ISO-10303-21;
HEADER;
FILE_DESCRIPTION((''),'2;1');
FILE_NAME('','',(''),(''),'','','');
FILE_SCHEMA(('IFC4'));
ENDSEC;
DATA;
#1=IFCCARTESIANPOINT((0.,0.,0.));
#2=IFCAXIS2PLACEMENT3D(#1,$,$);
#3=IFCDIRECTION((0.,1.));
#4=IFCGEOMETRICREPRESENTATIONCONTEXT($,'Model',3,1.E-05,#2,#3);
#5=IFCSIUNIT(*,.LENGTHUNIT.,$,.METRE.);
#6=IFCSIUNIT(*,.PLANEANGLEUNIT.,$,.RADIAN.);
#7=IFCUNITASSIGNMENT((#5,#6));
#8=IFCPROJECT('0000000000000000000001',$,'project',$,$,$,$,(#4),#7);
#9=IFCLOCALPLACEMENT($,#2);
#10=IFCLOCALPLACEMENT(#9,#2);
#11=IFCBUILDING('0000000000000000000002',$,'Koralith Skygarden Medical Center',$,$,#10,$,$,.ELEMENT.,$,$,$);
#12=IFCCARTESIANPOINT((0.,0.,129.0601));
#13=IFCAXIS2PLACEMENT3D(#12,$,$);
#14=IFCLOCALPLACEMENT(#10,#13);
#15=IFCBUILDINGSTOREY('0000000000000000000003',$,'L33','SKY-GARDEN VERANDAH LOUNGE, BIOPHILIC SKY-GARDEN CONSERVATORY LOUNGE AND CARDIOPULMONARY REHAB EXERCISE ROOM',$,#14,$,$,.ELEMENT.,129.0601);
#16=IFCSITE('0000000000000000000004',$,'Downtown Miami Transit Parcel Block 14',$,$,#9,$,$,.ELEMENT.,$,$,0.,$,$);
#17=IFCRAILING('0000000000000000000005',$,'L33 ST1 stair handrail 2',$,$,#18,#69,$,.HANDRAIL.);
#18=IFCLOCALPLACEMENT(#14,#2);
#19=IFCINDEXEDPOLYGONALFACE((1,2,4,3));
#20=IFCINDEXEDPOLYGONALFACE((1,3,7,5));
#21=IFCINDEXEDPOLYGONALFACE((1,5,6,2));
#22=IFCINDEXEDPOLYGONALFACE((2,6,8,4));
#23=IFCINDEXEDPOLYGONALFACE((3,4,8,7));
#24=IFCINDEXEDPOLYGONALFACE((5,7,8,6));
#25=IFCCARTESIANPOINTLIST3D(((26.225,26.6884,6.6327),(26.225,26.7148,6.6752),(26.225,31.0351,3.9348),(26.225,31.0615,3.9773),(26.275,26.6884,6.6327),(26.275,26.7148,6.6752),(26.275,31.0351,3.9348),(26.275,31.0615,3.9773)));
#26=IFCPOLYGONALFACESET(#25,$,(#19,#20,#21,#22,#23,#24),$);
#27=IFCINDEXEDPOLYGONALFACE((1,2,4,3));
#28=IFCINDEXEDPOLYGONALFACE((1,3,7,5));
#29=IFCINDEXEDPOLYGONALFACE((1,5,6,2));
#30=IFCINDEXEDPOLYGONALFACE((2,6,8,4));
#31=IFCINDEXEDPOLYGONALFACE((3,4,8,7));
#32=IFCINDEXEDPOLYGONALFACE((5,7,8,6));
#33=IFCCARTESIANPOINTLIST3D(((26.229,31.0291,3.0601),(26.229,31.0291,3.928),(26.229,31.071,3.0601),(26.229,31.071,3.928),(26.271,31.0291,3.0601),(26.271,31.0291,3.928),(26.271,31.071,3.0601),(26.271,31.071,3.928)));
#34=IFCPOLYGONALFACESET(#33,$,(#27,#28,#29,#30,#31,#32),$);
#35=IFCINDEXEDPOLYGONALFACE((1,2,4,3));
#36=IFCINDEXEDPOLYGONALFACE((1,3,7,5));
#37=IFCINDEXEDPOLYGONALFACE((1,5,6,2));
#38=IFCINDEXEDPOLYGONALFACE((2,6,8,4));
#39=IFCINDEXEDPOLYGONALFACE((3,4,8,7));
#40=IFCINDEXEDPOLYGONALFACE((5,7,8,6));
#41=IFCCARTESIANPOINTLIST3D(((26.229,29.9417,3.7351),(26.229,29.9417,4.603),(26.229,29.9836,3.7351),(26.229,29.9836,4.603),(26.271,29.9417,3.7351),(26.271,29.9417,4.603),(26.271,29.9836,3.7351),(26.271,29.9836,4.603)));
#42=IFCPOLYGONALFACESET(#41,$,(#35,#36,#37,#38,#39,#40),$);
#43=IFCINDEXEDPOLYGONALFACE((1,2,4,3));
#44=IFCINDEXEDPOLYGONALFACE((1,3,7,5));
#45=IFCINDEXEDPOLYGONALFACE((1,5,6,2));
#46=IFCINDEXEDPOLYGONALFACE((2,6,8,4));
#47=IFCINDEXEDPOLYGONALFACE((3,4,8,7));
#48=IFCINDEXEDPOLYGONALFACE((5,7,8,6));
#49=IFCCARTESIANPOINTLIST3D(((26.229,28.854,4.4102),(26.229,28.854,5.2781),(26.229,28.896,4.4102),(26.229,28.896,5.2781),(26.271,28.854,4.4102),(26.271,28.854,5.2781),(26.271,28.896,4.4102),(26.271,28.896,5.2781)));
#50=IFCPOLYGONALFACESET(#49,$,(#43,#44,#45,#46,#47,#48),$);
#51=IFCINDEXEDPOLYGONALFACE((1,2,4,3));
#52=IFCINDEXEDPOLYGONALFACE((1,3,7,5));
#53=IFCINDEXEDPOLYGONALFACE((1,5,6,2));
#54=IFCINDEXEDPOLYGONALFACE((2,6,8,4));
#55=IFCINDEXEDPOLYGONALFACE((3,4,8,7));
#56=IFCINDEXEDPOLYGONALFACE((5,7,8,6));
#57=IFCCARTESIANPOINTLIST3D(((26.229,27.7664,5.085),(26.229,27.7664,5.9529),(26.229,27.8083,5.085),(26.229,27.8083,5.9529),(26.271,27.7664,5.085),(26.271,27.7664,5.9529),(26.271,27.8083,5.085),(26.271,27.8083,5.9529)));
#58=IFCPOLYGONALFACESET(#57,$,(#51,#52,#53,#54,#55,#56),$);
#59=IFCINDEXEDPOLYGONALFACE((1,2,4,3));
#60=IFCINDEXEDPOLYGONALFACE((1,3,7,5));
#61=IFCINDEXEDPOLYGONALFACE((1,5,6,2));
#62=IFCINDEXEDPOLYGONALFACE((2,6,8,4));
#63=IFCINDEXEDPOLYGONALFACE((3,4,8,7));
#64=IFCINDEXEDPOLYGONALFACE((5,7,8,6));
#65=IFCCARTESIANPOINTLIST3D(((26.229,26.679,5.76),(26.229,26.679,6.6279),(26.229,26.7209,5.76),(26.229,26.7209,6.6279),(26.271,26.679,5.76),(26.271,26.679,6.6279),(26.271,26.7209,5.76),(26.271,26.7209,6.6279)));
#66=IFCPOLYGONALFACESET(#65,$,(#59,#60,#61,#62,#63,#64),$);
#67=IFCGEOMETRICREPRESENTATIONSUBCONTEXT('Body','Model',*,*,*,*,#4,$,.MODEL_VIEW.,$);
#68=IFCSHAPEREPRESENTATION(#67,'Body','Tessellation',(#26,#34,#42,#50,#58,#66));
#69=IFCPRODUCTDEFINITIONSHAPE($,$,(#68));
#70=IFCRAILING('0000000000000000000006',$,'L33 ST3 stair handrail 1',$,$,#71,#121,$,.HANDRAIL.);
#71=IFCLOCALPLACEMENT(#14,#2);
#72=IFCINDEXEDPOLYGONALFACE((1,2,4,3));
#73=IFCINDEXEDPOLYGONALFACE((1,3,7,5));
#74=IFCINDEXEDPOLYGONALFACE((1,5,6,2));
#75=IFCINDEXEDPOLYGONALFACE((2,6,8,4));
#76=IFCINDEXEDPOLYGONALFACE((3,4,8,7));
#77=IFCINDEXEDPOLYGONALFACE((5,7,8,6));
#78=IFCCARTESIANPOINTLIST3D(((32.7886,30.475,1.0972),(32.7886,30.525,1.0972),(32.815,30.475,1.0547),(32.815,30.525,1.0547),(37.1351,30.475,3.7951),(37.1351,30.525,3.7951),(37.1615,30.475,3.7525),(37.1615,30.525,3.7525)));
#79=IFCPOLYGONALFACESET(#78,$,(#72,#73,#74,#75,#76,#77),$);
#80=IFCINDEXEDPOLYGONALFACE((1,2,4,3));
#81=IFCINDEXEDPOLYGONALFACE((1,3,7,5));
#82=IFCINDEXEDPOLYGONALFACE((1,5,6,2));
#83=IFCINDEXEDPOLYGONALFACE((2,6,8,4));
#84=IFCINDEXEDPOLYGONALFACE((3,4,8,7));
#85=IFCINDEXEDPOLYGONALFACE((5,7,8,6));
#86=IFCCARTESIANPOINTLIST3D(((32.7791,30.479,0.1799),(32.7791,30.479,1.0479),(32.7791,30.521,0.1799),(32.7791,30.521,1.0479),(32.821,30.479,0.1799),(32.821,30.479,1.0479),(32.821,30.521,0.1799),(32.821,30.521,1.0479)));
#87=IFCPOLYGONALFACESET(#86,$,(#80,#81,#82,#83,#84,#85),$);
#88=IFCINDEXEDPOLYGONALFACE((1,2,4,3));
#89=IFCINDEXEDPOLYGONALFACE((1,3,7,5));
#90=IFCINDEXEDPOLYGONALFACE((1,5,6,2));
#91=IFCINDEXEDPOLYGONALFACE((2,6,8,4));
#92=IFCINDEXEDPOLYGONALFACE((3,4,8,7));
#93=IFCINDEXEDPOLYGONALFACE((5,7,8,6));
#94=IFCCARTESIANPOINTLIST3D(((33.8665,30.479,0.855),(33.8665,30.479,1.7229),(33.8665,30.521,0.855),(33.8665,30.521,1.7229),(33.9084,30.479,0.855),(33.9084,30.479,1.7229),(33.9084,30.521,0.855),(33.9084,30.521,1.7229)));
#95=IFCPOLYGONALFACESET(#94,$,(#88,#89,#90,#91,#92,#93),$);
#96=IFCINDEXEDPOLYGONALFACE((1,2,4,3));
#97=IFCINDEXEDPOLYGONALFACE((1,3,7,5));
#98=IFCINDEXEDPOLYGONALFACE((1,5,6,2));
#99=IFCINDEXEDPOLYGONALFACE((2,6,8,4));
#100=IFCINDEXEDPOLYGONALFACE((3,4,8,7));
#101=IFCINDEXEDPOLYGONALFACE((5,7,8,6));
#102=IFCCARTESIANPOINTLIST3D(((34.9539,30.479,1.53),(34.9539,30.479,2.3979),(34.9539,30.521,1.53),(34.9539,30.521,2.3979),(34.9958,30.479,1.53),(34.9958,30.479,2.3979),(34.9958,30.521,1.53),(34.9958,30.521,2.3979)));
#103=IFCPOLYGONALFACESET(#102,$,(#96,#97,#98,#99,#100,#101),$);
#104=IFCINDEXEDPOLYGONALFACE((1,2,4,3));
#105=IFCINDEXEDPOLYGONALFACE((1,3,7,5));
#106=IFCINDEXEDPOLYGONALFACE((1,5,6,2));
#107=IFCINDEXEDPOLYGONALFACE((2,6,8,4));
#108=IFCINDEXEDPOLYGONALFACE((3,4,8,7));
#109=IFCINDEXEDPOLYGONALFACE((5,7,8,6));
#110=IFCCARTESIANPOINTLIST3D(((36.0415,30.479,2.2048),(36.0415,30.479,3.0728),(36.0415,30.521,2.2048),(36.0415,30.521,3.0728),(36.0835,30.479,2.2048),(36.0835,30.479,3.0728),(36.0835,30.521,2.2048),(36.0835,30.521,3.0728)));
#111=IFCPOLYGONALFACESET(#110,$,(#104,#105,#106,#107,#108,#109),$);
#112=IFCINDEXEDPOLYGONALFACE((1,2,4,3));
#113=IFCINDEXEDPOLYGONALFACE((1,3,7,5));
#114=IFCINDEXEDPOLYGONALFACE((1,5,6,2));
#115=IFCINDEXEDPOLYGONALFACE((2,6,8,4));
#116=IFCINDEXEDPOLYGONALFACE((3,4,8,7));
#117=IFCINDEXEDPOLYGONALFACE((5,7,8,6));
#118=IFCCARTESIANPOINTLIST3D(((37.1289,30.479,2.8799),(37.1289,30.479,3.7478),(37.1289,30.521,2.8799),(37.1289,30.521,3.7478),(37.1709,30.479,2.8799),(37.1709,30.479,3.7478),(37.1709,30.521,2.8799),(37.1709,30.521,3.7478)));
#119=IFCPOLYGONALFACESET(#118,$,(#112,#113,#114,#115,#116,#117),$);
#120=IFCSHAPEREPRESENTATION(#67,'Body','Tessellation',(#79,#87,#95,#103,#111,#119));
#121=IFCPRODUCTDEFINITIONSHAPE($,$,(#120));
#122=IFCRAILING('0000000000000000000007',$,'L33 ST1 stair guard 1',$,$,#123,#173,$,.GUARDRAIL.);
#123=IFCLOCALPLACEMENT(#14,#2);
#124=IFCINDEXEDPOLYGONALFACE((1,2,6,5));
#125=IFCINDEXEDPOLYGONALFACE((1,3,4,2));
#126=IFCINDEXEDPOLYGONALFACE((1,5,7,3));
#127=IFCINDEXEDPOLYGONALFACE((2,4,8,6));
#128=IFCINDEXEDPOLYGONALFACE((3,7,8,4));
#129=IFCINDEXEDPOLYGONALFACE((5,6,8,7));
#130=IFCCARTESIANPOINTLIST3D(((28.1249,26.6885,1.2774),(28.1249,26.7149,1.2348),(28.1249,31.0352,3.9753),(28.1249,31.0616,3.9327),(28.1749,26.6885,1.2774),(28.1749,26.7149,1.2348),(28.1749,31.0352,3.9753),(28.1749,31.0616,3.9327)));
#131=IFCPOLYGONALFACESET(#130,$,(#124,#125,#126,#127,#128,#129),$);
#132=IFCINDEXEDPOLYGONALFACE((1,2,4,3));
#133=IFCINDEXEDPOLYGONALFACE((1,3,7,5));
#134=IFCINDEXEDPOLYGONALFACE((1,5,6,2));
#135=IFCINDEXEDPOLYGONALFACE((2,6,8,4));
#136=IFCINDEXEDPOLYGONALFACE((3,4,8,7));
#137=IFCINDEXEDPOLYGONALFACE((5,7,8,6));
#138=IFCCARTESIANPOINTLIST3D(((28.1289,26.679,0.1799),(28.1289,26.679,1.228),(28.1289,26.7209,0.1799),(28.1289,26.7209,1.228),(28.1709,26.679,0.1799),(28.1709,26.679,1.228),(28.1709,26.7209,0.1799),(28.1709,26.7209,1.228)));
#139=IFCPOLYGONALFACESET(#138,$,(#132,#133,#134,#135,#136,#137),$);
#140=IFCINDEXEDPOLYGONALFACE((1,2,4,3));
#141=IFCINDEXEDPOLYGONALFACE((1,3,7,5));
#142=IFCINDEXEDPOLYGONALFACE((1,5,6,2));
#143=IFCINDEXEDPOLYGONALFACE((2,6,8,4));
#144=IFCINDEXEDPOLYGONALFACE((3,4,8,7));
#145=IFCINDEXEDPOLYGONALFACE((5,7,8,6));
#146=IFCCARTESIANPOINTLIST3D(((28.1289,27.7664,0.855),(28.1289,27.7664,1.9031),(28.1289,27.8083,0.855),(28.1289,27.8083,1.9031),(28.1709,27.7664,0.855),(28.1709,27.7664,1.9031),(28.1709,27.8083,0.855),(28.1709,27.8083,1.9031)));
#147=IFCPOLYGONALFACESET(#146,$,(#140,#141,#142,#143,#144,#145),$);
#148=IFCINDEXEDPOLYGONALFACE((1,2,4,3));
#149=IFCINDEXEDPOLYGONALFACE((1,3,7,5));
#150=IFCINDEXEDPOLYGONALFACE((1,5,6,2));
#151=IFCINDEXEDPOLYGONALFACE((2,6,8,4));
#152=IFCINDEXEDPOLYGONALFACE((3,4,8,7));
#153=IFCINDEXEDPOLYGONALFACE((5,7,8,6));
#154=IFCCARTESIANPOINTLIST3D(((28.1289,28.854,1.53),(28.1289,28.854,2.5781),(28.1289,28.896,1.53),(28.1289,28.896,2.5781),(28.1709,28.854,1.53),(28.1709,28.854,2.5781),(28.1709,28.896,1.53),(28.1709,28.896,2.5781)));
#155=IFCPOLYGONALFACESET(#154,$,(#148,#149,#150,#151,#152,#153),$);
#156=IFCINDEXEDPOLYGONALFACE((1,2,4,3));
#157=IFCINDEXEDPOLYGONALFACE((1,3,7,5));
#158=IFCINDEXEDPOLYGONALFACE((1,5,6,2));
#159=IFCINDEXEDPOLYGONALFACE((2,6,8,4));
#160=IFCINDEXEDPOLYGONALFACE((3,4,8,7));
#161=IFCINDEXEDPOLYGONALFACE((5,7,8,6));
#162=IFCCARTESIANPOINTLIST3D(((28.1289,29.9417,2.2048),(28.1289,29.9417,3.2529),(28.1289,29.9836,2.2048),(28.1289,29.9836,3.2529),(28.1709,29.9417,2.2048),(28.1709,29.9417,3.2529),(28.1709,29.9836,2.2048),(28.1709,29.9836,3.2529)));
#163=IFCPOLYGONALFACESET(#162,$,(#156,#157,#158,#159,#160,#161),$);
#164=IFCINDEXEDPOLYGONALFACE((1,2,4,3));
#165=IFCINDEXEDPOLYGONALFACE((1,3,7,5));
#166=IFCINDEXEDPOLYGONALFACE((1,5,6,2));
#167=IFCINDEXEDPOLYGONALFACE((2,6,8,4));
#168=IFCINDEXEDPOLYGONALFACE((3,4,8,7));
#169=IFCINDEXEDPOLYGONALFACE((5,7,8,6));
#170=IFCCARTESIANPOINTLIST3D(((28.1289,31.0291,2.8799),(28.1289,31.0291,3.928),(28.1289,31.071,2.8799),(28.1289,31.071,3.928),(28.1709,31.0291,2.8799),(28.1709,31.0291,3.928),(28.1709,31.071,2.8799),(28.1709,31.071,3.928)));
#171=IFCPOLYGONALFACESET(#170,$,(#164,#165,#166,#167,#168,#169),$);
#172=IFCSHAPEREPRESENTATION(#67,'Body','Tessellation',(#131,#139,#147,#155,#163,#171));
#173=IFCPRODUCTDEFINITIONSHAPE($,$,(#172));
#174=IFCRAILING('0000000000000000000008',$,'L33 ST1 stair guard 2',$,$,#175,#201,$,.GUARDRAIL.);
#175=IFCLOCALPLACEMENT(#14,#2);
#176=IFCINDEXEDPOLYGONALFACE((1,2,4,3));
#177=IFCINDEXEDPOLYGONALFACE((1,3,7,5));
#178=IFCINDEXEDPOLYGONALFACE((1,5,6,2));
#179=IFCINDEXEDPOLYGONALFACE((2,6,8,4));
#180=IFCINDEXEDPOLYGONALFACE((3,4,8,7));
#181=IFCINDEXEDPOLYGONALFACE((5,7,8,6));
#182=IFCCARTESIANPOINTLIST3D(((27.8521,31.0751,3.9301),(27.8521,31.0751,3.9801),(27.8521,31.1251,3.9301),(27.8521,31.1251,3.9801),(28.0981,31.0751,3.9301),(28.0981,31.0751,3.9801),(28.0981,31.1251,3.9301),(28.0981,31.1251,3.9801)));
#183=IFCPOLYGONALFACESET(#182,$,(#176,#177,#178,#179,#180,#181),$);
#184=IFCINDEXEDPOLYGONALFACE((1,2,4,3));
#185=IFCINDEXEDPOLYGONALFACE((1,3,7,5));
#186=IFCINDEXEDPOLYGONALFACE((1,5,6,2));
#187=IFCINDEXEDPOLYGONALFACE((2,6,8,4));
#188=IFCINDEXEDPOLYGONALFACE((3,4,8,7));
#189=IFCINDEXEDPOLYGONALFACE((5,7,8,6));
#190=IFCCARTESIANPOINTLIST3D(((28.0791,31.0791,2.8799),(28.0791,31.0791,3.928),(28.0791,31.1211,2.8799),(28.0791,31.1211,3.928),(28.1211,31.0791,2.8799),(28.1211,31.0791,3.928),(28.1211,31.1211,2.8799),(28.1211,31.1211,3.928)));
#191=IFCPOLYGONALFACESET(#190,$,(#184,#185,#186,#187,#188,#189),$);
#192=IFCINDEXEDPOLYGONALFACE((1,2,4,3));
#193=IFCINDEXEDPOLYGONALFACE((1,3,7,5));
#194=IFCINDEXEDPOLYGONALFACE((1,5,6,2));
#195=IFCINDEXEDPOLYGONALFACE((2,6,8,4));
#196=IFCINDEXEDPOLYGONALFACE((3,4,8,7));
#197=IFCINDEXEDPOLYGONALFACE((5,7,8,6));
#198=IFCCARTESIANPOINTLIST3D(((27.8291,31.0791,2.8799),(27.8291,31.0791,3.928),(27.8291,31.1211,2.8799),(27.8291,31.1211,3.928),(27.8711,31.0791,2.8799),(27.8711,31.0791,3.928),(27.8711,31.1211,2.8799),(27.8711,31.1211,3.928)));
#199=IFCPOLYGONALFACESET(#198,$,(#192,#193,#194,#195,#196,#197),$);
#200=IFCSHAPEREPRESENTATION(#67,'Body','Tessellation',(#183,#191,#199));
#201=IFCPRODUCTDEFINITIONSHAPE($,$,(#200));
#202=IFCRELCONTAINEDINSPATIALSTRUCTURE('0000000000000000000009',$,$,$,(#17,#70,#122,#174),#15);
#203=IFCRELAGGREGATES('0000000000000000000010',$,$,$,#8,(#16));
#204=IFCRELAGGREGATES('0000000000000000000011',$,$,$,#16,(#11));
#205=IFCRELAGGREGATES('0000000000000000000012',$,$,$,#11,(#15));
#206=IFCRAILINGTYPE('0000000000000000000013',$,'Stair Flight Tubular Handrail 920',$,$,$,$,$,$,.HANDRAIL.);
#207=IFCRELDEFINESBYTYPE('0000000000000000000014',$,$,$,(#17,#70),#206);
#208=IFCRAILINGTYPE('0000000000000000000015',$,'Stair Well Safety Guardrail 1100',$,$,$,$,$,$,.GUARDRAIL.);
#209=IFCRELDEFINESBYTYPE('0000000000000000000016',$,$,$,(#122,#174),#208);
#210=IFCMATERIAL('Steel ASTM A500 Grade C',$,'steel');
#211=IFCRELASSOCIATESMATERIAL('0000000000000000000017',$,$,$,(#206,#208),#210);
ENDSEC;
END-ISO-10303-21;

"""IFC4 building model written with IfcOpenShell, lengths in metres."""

from ifc_helpers import new_model, si_unit, direction, frame, origin, origin_2d, place, context, subcontext, project, spatial, rectangle, extrude, material, type_object, element, save


model = new_model("IFC4")

# Units and contexts
model_context = context("Model", 3, precision=1e-05, world=origin(), true_north=direction((0.0, 1.0)))
body_context = subcontext(model_context, "Body", "Model", "MODEL_VIEW")
ifc_project = project(units=[si_unit("LENGTHUNIT", "METRE"), si_unit("PLANEANGLEUNIT", "RADIAN")], contexts=[model_context])

# Site, building, storey
site_placement = place(None, origin())
site = spatial("IfcSite", under=ifc_project, at=site_placement, Name="Downtown Miami Transit Parcel Block 14", CompositionType="ELEMENT", RefElevation=0.0)
building_placement = place(site_placement, origin())
building = spatial("IfcBuilding", under=site, at=building_placement, Name="Koralith Skygarden Medical Center", CompositionType="ELEMENT")
storey_placement = place(building_placement, frame((0.0, 0.0, 129.0601)))
storey = spatial("IfcBuildingStorey", under=building, at=storey_placement, Name="L33", Description="SKY-GARDEN VERANDAH LOUNGE, BIOPHILIC SKY-GARDEN CONSERVATORY LOUNGE AND CARDIOPULMONARY REHAB EXERCISE ROOM", CompositionType="ELEMENT", Elevation=129.0601)

# Railings
ifc_material_1 = material(Name="Steel ASTM A500 Grade C", Category="steel")
railing_type_1 = type_object("IfcRailingType", Name="Stair Flight Tubular Handrail 920", PredefinedType="HANDRAIL", material=ifc_material_1)
railing_1_placement = place(storey_placement, frame((26.25, 31.05, 3.0601)))
element("IfcRailing", 1, at=railing_1_placement, inside=storey, type_object=railing_type_1, Name="L33 ST1 stair handrail 2", PredefinedType="HANDRAIL", context=body_context, shape_type="SweptSolid", body=[
    extrude(rectangle(XDim=0.05, YDim=0.05, at=origin_2d()), frame((0.0, -0.0017, 0.896), z_axis=(0.0, -0.84965, 0.527347), x_axis=(1.0, 0.0, 0.0)), (0.0, 0.0, 1.0), 5.116),
    extrude(rectangle(XDim=0.042, YDim=0.042, at=origin_2d()), origin(), (0.0, 0.0, 1.0), 0.8679),
    extrude(rectangle(XDim=0.042, YDim=0.042, at=origin_2d()), frame((0.0, -1.0874, 0.675)), (0.0, 0.0, 1.0), 0.8679),
    extrude(rectangle(XDim=0.042, YDim=0.042, at=origin_2d()), frame((0.0, -2.175, 1.3501)), (0.0, 0.0, 1.0), 0.8679),
    extrude(rectangle(XDim=0.042, YDim=0.042, at=origin_2d()), frame((0.0, -3.2627, 2.0249)), (0.0, 0.0, 1.0), 0.8679),
    extrude(rectangle(XDim=0.042, YDim=0.042, at=origin_2d()), frame((0.0, -4.3501, 2.7)), (0.0, 0.0, 1.0), 0.8679),
])
railing_2_placement = place(storey_placement, frame((32.8, 30.5, 0.1799)))
element("IfcRailing", 2, at=railing_2_placement, inside=storey, type_object=railing_type_1, Name="L33 ST3 stair handrail 1", PredefinedType="HANDRAIL", context=body_context, shape_type="SweptSolid", body=[
    extrude(rectangle(XDim=0.05, YDim=0.05, at=origin_2d()), frame((0.0017, 0.0, 0.896), z_axis=(0.849636, 0.0, 0.527369), x_axis=(0.0, 1.0, 0.0)), (0.0, 0.0, 1.0), 5.1157),
    extrude(rectangle(XDim=0.042, YDim=0.042, at=origin_2d()), origin(), (0.0, 0.0, 1.0), 0.8679),
    extrude(rectangle(XDim=0.042, YDim=0.042, at=origin_2d()), frame((1.0874, 0.0, 0.675)), (0.0, 0.0, 1.0), 0.8679),
    extrude(rectangle(XDim=0.042, YDim=0.042, at=origin_2d()), frame((2.1748, 0.0, 1.3501)), (0.0, 0.0, 1.0), 0.8679),
    extrude(rectangle(XDim=0.042, YDim=0.042, at=origin_2d()), frame((3.2625, 0.0, 2.0249)), (0.0, 0.0, 1.0), 0.8679),
    extrude(rectangle(XDim=0.042, YDim=0.042, at=origin_2d()), frame((4.3499, 0.0, 2.7)), (0.0, 0.0, 1.0), 0.8679),
])
railing_type_2 = type_object("IfcRailingType", Name="Stair Well Safety Guardrail 1100", PredefinedType="GUARDRAIL", material=ifc_material_1)
railing_3_placement = place(storey_placement, frame((28.1499, 26.7, 0.1799)))
element("IfcRailing", 3, at=railing_3_placement, inside=storey, type_object=railing_type_2, Name="L33 ST1 stair guard 1", PredefinedType="GUARDRAIL", context=body_context, shape_type="SweptSolid", body=[
    extrude(rectangle(XDim=0.05, YDim=0.05, at=origin_2d()), frame((0.0, 0.0017, 1.0762), z_axis=(0.0, 0.84965, 0.527347), x_axis=(-1.0, 0.0, 0.0)), (0.0, 0.0, 1.0), 5.116),
    extrude(rectangle(XDim=0.042, YDim=0.042, at=origin_2d()), origin(), (0.0, 0.0, 1.0), 1.0481),
    extrude(rectangle(XDim=0.042, YDim=0.042, at=origin_2d()), frame((0.0, 1.0874, 0.675)), (0.0, 0.0, 1.0), 1.0481),
    extrude(rectangle(XDim=0.042, YDim=0.042, at=origin_2d()), frame((0.0, 2.175, 1.3501)), (0.0, 0.0, 1.0), 1.0481),
    extrude(rectangle(XDim=0.042, YDim=0.042, at=origin_2d()), frame((0.0, 3.2627, 2.0249)), (0.0, 0.0, 1.0), 1.0481),
    extrude(rectangle(XDim=0.042, YDim=0.042, at=origin_2d()), frame((0.0, 4.3501, 2.7)), (0.0, 0.0, 1.0), 1.0481),
])
railing_4_placement = place(storey_placement, frame((28.1001, 31.1001, 2.8799)))
element("IfcRailing", 4, at=railing_4_placement, inside=storey, type_object=railing_type_2, Name="L33 ST1 stair guard 2", PredefinedType="GUARDRAIL", context=body_context, shape_type="SweptSolid", body=[
    extrude(rectangle(XDim=0.05, YDim=0.05, at=origin_2d()), frame((-0.002, 0.0, 1.0752), z_axis=(-1.0, 0.0, 0.0), x_axis=(0.0, -1.0, 0.0)), (0.0, 0.0, 1.0), 0.2461),
    extrude(rectangle(XDim=0.042, YDim=0.042, at=origin_2d()), origin(), (0.0, 0.0, 1.0), 1.0481),
    extrude(rectangle(XDim=0.042, YDim=0.042, at=origin_2d()), frame((-0.25, 0.0, 0.0)), (0.0, 0.0, 1.0), 1.0481),
])

save(model, "model.ifc")
